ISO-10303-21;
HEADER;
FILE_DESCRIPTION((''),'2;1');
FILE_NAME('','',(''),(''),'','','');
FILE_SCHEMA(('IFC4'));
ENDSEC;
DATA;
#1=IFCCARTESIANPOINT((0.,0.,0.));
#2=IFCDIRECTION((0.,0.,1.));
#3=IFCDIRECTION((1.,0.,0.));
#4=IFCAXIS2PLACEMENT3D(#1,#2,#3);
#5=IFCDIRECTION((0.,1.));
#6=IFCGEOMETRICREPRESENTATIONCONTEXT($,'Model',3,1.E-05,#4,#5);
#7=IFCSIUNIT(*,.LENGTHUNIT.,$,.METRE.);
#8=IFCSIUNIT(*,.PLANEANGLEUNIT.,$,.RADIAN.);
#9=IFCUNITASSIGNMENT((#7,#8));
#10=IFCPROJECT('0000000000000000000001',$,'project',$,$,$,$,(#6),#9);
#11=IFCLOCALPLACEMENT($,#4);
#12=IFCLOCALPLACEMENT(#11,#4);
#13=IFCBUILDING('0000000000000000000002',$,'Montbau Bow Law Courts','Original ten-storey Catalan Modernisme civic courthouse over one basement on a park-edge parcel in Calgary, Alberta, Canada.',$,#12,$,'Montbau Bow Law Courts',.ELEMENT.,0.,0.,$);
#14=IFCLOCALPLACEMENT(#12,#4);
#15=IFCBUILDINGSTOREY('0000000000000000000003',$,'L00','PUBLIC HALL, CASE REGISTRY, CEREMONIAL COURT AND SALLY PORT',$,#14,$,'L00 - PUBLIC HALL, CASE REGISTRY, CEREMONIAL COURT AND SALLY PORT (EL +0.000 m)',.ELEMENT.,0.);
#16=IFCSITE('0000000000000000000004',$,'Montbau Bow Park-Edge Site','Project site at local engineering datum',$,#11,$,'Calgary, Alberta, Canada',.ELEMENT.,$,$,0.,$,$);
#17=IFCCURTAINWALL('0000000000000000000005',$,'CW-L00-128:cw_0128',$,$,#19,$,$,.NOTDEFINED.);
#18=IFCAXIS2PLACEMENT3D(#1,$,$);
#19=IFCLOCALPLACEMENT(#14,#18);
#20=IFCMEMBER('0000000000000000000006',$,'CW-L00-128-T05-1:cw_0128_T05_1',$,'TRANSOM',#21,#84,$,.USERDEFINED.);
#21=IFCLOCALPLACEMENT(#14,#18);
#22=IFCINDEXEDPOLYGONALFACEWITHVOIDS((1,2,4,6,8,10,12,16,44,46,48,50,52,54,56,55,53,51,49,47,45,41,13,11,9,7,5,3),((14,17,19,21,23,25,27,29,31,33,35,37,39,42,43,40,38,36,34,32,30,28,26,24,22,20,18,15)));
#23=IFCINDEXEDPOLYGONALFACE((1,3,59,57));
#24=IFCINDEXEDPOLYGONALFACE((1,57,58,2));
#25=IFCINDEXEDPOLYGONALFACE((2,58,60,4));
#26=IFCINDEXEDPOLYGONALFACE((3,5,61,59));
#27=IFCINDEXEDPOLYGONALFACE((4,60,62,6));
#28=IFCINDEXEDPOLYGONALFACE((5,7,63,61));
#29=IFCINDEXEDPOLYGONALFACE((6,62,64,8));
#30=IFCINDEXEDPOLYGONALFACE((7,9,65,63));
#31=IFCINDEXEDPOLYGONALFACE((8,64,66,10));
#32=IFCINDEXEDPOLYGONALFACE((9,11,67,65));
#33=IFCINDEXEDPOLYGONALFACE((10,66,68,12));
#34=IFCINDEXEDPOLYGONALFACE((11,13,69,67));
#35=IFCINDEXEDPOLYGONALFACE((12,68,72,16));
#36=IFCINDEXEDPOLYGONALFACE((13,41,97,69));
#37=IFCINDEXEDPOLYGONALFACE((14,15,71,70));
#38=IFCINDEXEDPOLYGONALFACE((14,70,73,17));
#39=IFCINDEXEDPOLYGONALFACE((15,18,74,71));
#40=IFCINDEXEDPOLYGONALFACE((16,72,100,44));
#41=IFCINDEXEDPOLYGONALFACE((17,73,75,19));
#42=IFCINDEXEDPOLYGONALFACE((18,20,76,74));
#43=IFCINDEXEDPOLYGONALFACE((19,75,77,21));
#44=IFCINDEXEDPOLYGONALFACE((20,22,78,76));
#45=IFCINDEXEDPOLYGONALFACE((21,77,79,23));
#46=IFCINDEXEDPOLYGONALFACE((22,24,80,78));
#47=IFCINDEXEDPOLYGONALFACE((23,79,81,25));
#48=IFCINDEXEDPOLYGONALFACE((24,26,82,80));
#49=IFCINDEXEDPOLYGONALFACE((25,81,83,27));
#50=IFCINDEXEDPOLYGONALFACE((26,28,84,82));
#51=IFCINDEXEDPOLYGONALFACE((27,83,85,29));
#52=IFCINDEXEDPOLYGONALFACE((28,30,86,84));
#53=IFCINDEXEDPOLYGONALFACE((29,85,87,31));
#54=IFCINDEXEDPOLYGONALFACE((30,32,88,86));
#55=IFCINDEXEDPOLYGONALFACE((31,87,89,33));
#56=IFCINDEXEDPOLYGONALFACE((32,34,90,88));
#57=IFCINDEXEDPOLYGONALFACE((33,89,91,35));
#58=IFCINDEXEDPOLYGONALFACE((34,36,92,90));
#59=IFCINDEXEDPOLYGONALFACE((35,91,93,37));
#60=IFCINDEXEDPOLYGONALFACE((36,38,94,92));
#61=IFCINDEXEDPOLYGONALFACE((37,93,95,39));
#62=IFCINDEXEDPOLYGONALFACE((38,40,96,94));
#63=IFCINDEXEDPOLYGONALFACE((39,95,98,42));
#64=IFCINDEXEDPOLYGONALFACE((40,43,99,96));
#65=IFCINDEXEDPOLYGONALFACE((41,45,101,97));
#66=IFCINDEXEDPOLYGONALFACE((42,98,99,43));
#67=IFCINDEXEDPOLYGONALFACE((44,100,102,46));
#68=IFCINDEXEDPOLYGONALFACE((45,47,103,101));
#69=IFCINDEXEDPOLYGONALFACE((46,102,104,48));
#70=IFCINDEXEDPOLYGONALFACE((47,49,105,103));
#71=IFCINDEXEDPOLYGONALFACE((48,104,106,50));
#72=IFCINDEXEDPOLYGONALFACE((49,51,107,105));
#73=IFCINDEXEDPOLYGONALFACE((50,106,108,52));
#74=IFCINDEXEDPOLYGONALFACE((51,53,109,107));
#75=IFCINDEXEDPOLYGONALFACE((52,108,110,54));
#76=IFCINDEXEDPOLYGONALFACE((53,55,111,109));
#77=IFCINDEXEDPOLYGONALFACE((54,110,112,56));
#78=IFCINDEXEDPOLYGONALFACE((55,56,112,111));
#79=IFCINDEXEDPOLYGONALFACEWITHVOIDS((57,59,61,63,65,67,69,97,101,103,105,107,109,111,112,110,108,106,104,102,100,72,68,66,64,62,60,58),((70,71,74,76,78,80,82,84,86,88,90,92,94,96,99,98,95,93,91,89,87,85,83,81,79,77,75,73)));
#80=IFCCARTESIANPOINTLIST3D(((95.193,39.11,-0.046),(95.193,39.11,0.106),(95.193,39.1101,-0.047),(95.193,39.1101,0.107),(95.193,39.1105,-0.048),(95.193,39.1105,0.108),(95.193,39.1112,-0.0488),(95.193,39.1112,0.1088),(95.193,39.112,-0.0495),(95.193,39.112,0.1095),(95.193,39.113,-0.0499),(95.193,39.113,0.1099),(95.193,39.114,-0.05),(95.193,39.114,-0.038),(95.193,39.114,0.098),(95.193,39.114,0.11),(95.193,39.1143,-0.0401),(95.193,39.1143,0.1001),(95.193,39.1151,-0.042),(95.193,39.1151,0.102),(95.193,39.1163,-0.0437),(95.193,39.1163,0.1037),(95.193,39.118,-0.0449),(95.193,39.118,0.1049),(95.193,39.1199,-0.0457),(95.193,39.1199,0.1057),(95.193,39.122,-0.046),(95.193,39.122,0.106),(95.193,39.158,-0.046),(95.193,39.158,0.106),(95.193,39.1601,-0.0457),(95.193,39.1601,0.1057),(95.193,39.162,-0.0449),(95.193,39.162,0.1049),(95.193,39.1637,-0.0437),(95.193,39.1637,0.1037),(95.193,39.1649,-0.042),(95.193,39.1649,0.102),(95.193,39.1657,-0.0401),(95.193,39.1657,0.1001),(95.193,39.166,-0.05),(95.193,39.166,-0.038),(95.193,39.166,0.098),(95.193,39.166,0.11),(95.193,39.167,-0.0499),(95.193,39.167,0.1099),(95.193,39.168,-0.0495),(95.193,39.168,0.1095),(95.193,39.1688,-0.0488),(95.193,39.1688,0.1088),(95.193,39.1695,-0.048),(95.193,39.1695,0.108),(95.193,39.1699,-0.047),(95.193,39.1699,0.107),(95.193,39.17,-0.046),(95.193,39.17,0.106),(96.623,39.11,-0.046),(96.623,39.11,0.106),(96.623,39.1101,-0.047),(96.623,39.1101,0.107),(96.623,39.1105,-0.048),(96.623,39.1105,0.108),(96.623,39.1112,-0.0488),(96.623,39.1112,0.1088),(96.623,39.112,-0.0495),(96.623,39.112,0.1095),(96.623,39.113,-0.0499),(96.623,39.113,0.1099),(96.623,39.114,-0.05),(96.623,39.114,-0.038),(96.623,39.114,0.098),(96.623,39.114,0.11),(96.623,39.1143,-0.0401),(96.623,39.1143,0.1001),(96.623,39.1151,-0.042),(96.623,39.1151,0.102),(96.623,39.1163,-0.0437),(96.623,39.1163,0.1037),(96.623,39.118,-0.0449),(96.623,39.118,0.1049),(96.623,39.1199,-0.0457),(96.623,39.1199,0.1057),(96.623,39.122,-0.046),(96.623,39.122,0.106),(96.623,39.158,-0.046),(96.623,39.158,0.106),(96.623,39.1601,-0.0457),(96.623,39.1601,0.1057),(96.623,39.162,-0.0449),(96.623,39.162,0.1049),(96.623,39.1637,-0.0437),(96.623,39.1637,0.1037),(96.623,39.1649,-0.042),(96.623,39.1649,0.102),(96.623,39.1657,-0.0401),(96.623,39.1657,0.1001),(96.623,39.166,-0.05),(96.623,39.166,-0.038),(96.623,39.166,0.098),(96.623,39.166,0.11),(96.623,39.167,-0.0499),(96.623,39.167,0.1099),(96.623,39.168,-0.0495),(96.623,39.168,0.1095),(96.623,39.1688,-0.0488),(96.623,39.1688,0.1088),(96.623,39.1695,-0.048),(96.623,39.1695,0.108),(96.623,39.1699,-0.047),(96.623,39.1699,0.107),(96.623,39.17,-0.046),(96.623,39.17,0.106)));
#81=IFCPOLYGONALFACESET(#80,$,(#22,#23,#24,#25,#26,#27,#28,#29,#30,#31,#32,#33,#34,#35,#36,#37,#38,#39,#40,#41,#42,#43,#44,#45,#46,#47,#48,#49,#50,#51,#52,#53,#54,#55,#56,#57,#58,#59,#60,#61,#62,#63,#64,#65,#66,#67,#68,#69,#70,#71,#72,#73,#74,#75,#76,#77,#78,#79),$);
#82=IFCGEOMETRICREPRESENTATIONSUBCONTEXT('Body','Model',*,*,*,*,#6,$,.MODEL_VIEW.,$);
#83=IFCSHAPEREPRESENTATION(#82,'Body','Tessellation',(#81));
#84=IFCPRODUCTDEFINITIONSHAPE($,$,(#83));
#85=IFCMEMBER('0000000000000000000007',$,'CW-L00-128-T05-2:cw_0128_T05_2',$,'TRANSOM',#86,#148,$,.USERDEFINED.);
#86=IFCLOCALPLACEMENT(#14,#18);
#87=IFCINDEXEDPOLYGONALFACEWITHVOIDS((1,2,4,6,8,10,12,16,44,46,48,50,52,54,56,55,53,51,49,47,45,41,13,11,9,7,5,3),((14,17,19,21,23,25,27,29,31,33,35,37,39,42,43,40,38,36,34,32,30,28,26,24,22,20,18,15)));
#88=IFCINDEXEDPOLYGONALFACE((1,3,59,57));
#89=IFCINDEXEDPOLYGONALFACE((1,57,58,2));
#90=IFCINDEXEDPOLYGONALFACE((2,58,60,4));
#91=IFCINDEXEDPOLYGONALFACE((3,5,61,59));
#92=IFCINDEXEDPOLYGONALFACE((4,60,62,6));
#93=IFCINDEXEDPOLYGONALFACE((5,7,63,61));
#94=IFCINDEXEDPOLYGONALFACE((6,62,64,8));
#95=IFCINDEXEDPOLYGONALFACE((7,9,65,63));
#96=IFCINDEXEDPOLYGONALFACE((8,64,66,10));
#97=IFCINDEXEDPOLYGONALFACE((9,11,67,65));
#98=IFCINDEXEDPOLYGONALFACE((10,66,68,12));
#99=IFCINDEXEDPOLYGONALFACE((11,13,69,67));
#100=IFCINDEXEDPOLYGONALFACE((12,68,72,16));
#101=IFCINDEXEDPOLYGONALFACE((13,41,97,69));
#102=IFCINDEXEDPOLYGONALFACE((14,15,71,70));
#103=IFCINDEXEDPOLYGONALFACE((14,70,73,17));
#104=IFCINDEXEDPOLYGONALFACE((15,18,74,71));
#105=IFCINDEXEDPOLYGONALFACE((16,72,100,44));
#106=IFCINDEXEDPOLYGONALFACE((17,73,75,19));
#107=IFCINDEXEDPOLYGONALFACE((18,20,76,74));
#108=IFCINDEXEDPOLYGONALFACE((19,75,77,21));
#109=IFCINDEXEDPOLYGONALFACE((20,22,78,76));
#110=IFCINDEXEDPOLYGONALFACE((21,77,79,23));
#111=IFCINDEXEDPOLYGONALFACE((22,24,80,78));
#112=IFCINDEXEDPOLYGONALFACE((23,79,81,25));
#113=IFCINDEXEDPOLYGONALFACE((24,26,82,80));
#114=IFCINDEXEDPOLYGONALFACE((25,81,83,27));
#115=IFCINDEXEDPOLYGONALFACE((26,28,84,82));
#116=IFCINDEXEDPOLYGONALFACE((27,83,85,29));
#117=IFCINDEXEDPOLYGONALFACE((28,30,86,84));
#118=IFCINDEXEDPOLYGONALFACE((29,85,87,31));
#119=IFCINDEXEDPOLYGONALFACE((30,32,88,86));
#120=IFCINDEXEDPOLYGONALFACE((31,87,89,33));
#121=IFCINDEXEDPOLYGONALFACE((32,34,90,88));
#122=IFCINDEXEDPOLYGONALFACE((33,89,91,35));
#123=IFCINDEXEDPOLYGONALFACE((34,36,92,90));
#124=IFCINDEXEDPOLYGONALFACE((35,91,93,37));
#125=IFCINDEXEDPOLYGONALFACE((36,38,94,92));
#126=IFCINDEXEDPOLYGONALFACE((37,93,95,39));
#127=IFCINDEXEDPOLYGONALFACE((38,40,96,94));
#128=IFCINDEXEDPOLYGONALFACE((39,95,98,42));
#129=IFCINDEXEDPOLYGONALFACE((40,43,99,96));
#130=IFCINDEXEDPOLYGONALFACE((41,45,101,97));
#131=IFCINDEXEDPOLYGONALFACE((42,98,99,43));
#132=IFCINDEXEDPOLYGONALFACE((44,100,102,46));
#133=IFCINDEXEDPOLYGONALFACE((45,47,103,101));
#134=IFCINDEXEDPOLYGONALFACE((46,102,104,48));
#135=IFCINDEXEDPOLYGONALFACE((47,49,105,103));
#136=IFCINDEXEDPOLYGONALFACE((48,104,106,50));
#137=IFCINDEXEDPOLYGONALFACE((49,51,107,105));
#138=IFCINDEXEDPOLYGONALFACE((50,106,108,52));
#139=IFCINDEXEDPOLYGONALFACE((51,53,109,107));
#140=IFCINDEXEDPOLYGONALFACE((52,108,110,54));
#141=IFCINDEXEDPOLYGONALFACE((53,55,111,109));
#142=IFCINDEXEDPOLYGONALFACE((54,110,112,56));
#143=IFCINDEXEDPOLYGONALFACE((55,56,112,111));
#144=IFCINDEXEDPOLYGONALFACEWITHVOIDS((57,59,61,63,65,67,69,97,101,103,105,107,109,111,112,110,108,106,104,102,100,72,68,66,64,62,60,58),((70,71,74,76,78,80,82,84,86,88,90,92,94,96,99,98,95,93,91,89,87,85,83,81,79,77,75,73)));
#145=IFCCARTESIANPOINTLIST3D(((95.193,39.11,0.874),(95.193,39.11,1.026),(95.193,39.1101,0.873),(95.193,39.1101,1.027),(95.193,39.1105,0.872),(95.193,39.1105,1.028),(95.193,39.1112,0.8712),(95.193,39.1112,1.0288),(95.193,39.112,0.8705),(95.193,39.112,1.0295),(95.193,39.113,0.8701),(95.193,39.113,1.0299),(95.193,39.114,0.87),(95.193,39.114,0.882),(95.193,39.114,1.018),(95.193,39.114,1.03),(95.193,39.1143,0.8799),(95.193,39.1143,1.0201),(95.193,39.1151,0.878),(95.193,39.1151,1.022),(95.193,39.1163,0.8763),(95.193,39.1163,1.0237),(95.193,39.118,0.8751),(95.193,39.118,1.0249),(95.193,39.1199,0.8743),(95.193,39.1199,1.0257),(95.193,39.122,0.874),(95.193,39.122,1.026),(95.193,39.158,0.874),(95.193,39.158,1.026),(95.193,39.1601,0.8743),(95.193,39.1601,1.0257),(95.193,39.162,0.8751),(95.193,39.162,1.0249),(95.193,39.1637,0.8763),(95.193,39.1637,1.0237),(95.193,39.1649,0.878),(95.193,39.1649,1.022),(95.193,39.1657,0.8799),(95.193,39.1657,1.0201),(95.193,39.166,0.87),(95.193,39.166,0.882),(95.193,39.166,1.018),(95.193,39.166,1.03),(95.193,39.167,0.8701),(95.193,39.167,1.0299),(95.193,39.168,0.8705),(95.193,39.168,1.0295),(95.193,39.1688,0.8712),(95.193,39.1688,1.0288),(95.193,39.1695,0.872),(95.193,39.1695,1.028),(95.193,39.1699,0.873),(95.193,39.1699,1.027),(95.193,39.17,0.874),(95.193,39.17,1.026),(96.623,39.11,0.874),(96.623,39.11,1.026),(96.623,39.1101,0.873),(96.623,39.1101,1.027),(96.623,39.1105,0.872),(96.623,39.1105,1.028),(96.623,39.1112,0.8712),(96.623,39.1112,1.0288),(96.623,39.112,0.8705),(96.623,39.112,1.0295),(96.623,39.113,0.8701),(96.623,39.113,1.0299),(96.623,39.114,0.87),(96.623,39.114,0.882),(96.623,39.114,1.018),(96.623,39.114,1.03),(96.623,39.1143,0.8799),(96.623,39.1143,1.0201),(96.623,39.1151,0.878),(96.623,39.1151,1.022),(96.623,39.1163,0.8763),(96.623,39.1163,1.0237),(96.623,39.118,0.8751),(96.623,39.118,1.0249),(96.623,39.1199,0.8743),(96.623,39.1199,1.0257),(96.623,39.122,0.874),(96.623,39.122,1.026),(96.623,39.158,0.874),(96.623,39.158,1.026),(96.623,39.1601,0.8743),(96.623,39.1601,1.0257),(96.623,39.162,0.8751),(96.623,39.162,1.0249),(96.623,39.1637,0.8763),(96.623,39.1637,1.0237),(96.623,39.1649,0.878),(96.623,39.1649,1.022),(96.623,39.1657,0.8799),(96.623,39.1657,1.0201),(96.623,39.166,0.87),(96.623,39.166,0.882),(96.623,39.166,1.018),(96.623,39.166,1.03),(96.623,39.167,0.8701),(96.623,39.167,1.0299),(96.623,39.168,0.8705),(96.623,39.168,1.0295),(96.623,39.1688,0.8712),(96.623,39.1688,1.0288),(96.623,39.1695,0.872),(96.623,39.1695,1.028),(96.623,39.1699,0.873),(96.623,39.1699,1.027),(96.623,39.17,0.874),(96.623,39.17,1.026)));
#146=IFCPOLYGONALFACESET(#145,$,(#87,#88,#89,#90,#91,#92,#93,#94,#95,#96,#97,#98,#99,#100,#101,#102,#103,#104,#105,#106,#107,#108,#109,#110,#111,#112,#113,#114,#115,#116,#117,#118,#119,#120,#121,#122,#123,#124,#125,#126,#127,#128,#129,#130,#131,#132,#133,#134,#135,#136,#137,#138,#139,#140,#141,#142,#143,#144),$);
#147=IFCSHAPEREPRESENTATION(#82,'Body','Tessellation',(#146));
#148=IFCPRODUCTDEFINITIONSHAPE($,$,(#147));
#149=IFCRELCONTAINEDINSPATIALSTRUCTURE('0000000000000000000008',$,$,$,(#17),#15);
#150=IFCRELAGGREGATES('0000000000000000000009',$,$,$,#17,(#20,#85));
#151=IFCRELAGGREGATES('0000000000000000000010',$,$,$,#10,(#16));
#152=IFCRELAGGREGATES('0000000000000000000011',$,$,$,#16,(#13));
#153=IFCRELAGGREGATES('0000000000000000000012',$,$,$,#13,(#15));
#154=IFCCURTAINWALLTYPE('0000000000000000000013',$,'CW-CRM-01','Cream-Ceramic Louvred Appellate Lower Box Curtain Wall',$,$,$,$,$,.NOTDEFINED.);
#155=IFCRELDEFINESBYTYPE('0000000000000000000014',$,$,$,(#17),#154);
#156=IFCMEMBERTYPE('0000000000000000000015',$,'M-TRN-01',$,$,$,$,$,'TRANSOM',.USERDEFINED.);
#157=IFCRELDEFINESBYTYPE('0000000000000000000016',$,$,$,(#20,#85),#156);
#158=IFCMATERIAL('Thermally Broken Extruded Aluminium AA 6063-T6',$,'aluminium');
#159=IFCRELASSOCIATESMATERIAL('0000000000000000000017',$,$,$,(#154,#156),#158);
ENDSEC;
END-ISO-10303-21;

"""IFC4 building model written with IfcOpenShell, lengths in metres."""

from ifc_helpers import new_model, si_unit, direction, frame, origin_with_axes, origin_2d_with_axis, place, context, subcontext, project, spatial, hollow_rectangle, extrude, material, material_profile, profile_set, type_object, element, aggregate, save


model = new_model("IFC4")

# Units and contexts
model_context = context("Model", 3, precision=1e-05, world=origin_with_axes(), true_north=direction((0.0, 1.0)))
body_context = subcontext(model_context, "Body", "Model", "MODEL_VIEW")
ifc_project = project(units=[si_unit("LENGTHUNIT", "METRE"), si_unit("PLANEANGLEUNIT", "RADIAN")], contexts=[model_context])

# Site, building, storey
site_placement = place(None, origin_with_axes())
site = spatial("IfcSite", under=ifc_project, at=site_placement, Name="Montbau Bow Park-Edge Site", Description="Project site at local engineering datum", LongName="Calgary, Alberta, Canada", CompositionType="ELEMENT", RefElevation=0.0)
building_placement = place(site_placement, origin_with_axes())
building = spatial("IfcBuilding", under=site, at=building_placement, Name="Montbau Bow Law Courts", Description="Original ten-storey Catalan Modernisme civic courthouse over one basement on a park-edge parcel in Calgary, Alberta, Canada.", LongName="Montbau Bow Law Courts", CompositionType="ELEMENT", ElevationOfRefHeight=0.0, ElevationOfTerrain=0.0)
storey_placement = place(building_placement, origin_with_axes())
storey = spatial("IfcBuildingStorey", under=building, at=storey_placement, Name="L00", Description="PUBLIC HALL, CASE REGISTRY, CEREMONIAL COURT AND SALLY PORT", LongName="L00 - PUBLIC HALL, CASE REGISTRY, CEREMONIAL COURT AND SALLY PORT (EL +0.000 m)", CompositionType="ELEMENT", Elevation=0.0)

# Shared definitions
ifc_material_1 = material(Name="Thermally Broken Extruded Aluminium AA 6063-T6", Category="aluminium")
curtain_wall_type = type_object("IfcCurtainWallType", Name="CW-CRM-01", Description="Cream-Ceramic Louvred Appellate Lower Box Curtain Wall", PredefinedType="NOTDEFINED", material=ifc_material_1)

# Curtain wall, members
curtain_wall_1_placement = place(None, frame((89.067, 39.14, 0.0), z_axis=(0.0, 0.0, 1.0), x_axis=(1.0, 0.0, 0.0)))
curtain_wall_1 = element("IfcCurtainWall", 1, at=curtain_wall_1_placement, inside=storey, type_object=curtain_wall_type, Name="CW-L00-128:cw_0128", PredefinedType="NOTDEFINED")
ifc_material_profile_1 = material_profile(ifc_material_1, hollow_rectangle(XDim=0.06, YDim=0.16, WallThickness=0.004, InnerFilletRadius=0.008, OuterFilletRadius=0.004, at=origin_2d_with_axis()), Name="CWT-160X60", Category="Main", Priority=0)
ifc_profile_set_1 = profile_set([ifc_material_profile_1], Name="Thermally Broken Extruded Aluminium AA 6063-T6")
member_type_1 = type_object("IfcMemberType", Name="M-TRN-01", ElementType="TRANSOM", PredefinedType="USERDEFINED", material=ifc_profile_set_1)
member_1_placement = place(None, frame((95.193, 39.14, 0.03), z_axis=(1.0, 0.0, 0.0), x_axis=(0.0, 1.0, 0.0)))
member_1 = element("IfcMember", 2, at=member_1_placement, type_object=member_type_1, Name="CW-L00-128-T05-1:cw_0128_T05_1", ObjectType="TRANSOM", PredefinedType="USERDEFINED", context=body_context, shape_type="SweptSolid", body=[
    extrude(hollow_rectangle(XDim=0.06, YDim=0.16, WallThickness=0.004, InnerFilletRadius=0.008, OuterFilletRadius=0.004, at=origin_2d_with_axis()), origin_with_axes(), (0.0, 0.0, 1.0), 1.43),
])
member_2_placement = place(None, frame((95.193, 39.14, 0.95), z_axis=(1.0, 0.0, 0.0), x_axis=(0.0, 1.0, 0.0)))
member_2 = element("IfcMember", 3, at=member_2_placement, type_object=member_type_1, Name="CW-L00-128-T05-2:cw_0128_T05_2", ObjectType="TRANSOM", PredefinedType="USERDEFINED", context=body_context, shape_type="SweptSolid", body=[
    extrude(hollow_rectangle(XDim=0.06, YDim=0.16, WallThickness=0.004, InnerFilletRadius=0.008, OuterFilletRadius=0.004, at=origin_2d_with_axis()), origin_with_axes(), (0.0, 0.0, 1.0), 1.43),
])

aggregate(curtain_wall_1, [member_1, member_2])

save(model, "model.ifc")
